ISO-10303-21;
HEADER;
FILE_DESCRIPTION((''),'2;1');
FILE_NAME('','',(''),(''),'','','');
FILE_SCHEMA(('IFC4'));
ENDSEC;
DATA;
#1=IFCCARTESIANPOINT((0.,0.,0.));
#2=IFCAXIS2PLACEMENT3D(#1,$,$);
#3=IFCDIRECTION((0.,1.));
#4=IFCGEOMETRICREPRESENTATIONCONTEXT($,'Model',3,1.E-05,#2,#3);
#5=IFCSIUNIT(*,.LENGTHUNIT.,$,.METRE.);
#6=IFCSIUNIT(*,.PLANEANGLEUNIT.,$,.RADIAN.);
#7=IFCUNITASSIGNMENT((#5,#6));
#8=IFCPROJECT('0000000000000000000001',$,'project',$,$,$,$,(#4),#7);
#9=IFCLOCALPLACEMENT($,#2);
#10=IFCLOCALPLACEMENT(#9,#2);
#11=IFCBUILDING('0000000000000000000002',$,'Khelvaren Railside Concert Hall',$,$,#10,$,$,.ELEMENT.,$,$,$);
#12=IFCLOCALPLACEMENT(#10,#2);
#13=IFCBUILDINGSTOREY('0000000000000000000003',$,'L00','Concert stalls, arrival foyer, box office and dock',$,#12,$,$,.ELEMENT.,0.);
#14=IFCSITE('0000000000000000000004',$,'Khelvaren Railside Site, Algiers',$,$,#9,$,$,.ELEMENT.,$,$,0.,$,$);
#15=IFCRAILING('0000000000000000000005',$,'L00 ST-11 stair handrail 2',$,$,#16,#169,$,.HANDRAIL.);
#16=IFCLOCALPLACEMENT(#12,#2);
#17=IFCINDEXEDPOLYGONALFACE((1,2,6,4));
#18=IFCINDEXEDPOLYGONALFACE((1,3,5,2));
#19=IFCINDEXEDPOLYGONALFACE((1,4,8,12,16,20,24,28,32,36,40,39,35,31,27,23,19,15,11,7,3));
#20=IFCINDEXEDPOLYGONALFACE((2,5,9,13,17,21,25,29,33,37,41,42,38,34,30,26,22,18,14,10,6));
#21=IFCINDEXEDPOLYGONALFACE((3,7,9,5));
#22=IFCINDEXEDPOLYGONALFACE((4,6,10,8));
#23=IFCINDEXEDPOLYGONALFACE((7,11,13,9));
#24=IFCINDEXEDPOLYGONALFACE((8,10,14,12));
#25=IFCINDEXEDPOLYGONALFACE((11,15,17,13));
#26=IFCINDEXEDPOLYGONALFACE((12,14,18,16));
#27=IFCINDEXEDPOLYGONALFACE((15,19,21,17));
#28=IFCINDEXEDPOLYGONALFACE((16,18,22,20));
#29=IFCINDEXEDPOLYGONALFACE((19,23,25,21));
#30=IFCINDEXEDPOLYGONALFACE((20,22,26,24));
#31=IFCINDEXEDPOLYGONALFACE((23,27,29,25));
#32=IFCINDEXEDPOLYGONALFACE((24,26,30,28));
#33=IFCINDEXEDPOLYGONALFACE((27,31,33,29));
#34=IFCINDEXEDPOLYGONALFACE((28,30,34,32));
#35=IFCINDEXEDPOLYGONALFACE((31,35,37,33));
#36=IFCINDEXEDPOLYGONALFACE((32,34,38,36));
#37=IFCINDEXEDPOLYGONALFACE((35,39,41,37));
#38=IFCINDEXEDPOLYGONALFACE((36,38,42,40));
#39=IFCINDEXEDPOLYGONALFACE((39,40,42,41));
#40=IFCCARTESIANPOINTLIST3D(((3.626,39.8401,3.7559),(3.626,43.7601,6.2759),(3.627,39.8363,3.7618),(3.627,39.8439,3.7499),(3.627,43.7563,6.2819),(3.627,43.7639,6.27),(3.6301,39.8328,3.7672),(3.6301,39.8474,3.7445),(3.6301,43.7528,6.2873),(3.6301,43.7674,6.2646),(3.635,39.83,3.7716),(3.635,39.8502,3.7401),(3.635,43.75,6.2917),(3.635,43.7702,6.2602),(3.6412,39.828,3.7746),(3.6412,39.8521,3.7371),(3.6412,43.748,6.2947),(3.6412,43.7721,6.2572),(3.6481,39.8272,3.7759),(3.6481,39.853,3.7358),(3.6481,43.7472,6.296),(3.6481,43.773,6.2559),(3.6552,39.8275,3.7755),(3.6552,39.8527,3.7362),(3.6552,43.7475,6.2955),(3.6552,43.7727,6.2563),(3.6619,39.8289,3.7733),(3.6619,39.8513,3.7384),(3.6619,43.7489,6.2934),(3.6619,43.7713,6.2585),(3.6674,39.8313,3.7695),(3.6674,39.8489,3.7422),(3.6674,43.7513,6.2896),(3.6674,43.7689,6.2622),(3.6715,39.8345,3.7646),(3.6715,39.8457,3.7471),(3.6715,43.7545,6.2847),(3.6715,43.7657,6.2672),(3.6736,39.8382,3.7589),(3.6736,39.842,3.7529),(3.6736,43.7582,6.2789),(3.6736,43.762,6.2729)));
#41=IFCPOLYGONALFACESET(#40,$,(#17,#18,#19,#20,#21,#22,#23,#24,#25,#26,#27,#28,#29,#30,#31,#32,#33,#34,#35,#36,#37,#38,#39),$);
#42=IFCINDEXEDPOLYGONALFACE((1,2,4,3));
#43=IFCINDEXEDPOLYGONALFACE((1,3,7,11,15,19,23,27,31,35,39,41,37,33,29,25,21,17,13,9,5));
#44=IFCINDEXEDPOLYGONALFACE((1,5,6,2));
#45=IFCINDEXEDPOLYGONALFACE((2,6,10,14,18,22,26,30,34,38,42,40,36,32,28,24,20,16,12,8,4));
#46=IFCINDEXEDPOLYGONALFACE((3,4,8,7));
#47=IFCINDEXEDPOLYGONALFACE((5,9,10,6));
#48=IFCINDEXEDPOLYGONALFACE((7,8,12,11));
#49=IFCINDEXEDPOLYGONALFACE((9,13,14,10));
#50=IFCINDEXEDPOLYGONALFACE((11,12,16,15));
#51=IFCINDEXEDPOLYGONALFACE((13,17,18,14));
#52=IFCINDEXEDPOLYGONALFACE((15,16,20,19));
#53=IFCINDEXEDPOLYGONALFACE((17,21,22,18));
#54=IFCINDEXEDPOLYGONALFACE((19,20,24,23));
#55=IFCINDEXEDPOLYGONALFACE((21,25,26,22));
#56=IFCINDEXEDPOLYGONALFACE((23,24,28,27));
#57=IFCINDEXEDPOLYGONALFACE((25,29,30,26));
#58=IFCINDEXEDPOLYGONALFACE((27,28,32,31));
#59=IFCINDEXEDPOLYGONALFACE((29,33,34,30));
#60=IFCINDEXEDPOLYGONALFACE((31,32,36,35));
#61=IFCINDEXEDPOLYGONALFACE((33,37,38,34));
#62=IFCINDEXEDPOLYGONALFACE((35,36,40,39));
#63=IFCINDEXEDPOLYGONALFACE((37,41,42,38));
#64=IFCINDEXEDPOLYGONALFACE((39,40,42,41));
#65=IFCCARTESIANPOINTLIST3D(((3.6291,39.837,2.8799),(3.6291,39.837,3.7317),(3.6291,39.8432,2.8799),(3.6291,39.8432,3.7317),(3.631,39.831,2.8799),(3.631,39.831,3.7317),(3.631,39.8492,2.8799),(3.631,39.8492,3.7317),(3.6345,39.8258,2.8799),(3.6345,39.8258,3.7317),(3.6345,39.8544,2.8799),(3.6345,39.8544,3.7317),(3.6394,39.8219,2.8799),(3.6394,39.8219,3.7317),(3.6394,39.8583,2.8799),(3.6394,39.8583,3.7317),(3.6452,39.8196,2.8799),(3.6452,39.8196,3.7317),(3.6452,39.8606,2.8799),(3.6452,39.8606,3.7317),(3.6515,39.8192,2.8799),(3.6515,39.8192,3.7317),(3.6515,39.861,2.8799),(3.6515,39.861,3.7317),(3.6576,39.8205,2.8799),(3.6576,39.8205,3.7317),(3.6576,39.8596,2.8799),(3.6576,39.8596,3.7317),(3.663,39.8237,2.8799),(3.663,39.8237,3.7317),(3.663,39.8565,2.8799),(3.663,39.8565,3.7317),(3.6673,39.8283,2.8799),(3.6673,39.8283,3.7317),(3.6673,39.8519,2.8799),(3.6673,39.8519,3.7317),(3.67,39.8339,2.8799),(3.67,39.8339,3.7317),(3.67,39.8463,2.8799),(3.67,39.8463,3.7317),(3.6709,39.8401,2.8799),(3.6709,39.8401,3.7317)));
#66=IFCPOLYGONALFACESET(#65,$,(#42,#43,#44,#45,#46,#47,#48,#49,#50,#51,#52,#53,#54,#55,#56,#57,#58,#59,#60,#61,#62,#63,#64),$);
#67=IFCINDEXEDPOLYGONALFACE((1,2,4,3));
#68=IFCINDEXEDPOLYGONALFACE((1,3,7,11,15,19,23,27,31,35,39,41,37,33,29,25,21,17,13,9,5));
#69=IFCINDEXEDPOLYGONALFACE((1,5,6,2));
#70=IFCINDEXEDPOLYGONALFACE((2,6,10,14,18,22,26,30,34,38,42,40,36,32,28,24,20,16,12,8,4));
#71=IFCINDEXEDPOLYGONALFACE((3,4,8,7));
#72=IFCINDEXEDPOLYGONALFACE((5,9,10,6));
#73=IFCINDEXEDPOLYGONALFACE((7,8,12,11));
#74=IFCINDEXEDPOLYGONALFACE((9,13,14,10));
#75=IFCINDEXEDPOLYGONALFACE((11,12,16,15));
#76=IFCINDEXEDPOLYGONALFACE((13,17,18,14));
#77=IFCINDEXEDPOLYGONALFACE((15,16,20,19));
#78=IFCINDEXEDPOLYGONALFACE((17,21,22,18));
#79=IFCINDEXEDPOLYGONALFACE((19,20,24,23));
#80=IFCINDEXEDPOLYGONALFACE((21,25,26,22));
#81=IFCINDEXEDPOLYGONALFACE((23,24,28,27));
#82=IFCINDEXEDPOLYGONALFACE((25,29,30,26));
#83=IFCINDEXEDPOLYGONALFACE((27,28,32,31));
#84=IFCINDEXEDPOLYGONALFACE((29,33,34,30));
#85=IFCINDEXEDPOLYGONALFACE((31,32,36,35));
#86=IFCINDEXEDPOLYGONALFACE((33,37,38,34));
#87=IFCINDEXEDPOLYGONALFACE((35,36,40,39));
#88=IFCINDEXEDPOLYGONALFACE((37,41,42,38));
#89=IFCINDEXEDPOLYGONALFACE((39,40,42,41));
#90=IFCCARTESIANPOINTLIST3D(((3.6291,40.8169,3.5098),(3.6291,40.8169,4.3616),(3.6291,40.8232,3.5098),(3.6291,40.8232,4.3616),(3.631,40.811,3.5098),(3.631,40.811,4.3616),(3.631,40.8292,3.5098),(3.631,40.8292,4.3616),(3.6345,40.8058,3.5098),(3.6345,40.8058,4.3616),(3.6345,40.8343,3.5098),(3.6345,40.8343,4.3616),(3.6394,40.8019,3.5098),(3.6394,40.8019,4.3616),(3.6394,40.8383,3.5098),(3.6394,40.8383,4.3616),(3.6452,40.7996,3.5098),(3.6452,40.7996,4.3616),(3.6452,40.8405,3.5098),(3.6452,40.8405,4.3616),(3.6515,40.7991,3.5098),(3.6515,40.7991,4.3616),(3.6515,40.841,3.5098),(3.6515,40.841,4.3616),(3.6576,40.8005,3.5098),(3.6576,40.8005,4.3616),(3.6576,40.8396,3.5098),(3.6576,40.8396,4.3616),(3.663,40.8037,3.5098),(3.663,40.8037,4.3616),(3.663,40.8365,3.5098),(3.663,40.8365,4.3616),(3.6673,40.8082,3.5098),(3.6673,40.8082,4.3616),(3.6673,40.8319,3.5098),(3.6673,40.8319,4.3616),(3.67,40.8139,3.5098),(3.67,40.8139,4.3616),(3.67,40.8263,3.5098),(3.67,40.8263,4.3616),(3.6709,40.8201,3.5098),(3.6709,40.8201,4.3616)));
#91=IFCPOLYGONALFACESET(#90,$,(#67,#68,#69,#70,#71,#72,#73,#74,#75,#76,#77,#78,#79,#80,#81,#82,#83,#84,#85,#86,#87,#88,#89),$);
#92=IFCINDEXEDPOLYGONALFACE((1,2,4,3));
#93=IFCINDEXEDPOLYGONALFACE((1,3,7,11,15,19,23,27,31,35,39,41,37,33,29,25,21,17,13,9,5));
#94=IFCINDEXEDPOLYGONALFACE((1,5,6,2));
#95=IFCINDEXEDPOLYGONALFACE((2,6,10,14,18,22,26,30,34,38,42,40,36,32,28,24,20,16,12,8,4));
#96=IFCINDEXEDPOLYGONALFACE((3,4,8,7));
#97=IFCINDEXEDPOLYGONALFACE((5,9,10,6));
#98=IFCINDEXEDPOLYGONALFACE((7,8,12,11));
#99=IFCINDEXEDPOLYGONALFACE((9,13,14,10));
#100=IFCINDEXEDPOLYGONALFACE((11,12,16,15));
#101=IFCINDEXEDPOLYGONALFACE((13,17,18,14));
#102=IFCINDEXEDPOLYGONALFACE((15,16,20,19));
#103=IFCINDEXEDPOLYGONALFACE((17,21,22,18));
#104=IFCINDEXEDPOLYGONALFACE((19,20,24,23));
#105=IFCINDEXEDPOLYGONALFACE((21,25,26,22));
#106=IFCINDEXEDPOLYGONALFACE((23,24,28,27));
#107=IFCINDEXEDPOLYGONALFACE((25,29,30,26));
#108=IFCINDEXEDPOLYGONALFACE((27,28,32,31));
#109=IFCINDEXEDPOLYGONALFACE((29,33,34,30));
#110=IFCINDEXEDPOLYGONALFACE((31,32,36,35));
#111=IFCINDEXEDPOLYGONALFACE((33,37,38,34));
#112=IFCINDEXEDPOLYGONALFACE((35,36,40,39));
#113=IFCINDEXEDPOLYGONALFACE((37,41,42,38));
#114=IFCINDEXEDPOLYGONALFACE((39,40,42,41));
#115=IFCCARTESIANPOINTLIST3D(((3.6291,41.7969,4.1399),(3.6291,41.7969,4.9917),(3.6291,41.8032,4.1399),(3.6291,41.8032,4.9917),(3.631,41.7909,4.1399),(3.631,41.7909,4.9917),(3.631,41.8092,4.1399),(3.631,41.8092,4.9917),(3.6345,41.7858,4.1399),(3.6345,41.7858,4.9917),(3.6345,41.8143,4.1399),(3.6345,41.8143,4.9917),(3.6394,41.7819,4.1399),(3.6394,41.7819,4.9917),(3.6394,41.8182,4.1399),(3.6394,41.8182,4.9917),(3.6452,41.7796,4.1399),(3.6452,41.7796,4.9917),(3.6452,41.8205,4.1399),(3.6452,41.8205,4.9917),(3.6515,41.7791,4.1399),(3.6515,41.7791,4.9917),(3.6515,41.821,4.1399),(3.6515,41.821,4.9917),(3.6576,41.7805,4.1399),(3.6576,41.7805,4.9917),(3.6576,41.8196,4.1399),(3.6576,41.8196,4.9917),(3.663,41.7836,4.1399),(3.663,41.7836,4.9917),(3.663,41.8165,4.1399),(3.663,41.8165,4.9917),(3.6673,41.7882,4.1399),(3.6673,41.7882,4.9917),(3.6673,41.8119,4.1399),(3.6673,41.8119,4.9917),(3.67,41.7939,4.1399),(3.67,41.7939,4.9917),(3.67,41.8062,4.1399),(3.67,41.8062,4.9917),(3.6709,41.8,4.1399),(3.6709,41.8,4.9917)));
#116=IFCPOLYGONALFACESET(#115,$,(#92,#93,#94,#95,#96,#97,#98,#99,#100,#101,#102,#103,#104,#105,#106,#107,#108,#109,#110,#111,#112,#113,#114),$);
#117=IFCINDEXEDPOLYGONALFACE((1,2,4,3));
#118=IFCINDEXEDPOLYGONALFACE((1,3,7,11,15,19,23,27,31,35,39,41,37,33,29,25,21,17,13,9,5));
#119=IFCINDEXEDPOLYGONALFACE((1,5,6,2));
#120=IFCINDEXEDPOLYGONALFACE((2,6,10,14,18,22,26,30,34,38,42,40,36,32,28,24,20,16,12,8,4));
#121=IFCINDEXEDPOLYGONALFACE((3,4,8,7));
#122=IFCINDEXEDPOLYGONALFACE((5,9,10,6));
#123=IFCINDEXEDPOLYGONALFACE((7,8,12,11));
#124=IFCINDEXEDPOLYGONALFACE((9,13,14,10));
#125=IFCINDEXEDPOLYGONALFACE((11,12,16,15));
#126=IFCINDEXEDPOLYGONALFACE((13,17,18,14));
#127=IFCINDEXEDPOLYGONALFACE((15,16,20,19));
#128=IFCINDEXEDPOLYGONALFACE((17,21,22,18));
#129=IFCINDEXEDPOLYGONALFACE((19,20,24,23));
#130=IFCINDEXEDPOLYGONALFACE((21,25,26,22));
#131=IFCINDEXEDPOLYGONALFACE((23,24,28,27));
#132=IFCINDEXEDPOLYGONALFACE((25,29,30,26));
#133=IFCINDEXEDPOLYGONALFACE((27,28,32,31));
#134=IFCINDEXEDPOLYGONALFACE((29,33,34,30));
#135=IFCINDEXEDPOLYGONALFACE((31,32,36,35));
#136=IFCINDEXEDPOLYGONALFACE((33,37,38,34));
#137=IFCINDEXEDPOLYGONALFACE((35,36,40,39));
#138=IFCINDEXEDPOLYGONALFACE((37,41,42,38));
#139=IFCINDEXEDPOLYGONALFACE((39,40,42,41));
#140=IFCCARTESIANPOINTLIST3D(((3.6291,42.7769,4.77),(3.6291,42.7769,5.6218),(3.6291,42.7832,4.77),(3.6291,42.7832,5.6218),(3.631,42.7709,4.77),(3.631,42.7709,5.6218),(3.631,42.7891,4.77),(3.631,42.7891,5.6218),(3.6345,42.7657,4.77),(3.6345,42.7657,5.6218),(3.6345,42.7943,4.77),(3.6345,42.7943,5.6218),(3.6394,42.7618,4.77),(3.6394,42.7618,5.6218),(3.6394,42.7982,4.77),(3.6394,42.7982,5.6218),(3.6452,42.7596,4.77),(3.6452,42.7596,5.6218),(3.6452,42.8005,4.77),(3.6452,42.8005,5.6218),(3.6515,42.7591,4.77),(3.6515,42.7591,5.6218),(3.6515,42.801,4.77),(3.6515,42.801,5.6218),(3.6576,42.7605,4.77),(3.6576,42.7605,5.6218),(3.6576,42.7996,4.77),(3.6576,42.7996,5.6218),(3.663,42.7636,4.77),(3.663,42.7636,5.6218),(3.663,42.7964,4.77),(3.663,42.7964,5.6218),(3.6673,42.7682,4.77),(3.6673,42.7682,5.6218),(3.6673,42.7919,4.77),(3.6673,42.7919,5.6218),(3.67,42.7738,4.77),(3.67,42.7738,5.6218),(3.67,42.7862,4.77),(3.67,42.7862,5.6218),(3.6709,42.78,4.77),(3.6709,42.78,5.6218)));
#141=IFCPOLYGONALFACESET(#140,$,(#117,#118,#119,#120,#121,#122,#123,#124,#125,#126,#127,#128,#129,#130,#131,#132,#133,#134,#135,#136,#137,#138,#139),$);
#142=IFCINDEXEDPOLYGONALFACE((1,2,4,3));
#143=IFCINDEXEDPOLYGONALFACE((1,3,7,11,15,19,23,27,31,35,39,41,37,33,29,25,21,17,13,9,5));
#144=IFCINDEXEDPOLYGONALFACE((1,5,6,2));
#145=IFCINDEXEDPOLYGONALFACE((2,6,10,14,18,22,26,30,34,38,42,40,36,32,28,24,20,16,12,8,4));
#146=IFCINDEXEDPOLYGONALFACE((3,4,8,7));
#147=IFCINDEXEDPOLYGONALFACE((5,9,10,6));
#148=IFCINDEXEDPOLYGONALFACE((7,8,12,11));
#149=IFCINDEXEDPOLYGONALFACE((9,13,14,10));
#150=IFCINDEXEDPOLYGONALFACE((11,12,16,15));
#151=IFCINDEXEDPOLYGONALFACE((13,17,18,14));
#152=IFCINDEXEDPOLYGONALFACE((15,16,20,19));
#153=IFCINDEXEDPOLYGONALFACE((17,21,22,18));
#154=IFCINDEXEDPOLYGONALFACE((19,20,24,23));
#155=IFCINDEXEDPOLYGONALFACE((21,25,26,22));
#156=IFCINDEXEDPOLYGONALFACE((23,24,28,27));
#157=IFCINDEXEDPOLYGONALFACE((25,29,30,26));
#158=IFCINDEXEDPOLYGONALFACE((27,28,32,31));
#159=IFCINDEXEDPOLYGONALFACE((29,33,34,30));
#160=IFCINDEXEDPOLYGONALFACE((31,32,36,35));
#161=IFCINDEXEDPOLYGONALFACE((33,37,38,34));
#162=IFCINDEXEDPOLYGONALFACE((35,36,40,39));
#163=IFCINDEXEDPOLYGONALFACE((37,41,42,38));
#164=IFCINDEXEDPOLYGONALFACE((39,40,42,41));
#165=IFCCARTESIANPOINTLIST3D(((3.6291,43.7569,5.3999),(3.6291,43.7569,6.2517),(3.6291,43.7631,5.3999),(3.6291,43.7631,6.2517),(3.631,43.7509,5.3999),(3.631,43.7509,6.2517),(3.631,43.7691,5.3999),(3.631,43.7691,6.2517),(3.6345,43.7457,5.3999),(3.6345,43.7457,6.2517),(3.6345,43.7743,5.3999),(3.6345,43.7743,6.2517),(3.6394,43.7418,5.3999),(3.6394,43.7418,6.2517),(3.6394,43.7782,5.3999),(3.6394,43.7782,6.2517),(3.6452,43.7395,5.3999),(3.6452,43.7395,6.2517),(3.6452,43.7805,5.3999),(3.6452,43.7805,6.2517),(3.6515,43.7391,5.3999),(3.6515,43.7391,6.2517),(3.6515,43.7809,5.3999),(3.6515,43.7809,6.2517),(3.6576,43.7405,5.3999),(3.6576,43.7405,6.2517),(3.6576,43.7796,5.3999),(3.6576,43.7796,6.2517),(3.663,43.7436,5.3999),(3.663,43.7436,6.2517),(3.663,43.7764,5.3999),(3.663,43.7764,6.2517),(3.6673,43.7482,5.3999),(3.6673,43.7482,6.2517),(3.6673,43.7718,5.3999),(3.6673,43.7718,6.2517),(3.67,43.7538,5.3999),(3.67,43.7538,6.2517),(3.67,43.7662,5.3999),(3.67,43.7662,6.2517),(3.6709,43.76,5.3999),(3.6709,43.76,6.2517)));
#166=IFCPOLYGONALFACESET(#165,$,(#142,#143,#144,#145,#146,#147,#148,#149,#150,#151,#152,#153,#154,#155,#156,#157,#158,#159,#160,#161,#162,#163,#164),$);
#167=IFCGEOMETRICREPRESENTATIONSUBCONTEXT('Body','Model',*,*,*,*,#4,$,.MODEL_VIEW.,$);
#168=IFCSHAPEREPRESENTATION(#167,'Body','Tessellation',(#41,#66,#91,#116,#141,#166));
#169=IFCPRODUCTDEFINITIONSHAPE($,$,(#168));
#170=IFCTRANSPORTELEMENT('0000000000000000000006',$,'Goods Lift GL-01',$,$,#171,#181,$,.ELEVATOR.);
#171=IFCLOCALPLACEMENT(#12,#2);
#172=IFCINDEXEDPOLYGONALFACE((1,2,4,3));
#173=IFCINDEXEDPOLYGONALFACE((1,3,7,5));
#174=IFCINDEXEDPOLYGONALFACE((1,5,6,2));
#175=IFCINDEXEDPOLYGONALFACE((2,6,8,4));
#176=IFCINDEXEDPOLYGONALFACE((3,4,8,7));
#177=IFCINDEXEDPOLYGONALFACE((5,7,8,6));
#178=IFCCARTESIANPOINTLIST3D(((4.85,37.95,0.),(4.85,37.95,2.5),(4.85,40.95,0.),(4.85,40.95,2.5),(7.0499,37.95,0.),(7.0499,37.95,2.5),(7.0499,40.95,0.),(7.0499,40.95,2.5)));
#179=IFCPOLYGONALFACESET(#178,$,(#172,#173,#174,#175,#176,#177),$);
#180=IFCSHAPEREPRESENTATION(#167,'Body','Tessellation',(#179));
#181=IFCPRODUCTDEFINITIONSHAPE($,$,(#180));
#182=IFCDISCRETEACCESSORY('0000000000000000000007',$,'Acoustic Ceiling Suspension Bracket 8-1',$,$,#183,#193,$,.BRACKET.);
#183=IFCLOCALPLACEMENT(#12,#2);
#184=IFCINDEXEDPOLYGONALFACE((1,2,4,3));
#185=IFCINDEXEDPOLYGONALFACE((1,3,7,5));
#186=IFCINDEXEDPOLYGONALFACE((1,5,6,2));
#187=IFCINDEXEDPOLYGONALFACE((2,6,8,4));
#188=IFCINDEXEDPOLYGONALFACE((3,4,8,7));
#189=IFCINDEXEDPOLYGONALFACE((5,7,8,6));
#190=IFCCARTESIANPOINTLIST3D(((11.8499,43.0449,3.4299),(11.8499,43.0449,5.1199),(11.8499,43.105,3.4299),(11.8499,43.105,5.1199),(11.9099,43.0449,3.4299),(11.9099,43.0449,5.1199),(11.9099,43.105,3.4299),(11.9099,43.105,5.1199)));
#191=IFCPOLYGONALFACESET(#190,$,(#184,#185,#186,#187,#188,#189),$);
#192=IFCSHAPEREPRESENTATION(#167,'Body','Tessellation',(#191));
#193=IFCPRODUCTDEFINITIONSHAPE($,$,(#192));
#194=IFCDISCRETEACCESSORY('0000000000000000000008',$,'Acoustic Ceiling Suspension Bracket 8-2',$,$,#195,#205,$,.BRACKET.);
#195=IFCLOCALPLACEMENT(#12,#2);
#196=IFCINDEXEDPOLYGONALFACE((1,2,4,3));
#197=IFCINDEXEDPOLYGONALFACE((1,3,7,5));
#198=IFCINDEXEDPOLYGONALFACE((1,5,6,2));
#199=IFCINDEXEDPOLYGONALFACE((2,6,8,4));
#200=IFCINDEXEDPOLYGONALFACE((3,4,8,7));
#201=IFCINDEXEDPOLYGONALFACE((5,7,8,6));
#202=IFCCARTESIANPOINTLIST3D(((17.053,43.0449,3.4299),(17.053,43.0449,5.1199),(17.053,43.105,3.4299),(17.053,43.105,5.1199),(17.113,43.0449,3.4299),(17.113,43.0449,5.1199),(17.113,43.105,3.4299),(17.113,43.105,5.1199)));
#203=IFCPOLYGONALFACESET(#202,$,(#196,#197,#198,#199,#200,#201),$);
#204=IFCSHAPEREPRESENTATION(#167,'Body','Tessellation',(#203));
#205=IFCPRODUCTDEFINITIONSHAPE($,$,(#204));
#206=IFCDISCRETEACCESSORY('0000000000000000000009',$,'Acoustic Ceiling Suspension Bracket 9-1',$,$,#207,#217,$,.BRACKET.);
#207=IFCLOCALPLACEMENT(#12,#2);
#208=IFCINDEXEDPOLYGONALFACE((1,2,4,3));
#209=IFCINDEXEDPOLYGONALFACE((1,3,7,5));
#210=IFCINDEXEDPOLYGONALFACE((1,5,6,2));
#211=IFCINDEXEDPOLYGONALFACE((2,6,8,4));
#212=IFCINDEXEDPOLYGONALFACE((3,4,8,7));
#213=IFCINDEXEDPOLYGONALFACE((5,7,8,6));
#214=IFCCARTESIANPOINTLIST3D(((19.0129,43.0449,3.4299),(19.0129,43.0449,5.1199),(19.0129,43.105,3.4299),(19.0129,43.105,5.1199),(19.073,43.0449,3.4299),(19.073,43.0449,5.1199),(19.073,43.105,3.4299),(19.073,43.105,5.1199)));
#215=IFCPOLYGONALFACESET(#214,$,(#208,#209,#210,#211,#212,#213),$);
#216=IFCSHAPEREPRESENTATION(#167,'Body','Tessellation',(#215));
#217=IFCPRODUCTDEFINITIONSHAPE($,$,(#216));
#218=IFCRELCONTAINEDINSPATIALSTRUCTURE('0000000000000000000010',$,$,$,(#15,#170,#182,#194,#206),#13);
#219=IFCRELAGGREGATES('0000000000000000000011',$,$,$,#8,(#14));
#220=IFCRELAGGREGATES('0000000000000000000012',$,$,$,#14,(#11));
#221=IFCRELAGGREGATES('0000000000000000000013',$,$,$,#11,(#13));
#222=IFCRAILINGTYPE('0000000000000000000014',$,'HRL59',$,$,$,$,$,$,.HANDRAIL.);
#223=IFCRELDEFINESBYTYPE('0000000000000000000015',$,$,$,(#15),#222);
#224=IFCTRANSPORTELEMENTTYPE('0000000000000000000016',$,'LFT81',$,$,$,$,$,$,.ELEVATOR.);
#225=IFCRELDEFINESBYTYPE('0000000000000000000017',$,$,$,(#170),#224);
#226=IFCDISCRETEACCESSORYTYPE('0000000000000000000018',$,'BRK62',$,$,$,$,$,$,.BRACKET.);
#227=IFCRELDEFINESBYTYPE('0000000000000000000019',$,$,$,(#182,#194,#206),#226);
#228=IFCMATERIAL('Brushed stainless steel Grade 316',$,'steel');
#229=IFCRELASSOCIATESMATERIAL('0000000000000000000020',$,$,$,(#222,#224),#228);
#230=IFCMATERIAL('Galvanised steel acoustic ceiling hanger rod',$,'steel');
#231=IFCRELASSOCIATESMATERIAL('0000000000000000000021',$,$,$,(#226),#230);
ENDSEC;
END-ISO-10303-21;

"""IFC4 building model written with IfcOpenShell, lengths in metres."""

from ifc_helpers import new_model, si_unit, direction, frame, origin, origin_2d, place, context, subcontext, project, spatial, rectangle, circle, extrude, material, type_object, element, save


model = new_model("IFC4")

# Units and contexts
model_context = context("Model", 3, precision=1e-05, world=origin(), true_north=direction((0.0, 1.0)))
body_context = subcontext(model_context, "Body", "Model", "MODEL_VIEW")
ifc_project = project(units=[si_unit("LENGTHUNIT", "METRE"), si_unit("PLANEANGLEUNIT", "RADIAN")], contexts=[model_context])

# Site, building, storey
site_placement = place(None, origin())
site = spatial("IfcSite", under=ifc_project, at=site_placement, Name="Khelvaren Railside Site, Algiers", CompositionType="ELEMENT", RefElevation=0.0)
building_placement = place(site_placement, origin())
building = spatial("IfcBuilding", under=site, at=building_placement, Name="Khelvaren Railside Concert Hall", CompositionType="ELEMENT")
storey_placement = place(building_placement, origin())
storey = spatial("IfcBuildingStorey", under=building, at=storey_placement, Name="L00", Description="Concert stalls, arrival foyer, box office and dock", CompositionType="ELEMENT", Elevation=0.0)

# Railing
ifc_material_1 = material(Name="Brushed stainless steel Grade 316", Category="steel")
railing_type_1 = type_object("IfcRailingType", Name="HRL59", PredefinedType="HANDRAIL", material=ifc_material_1)
railing_1_placement = place(storey_placement, frame((3.6499, 39.8401, 2.8799)))
element("IfcRailing", 1, at=railing_1_placement, inside=storey, type_object=railing_type_1, Name="L00 ST-11 stair handrail 2", PredefinedType="HANDRAIL", context=body_context, shape_type="SweptSolid", body=[
    extrude(circle(Radius=0.0239, at=origin_2d()), frame((0.0, 0.0, 0.876), z_axis=(0.0, 0.841172, 0.540768), x_axis=(-1.0, 0.0, 0.0)), (0.0, 0.0, 1.0), 4.6602),
    extrude(circle(Radius=0.021, at=origin_2d()), origin(), (0.0, 0.0, 1.0), 0.8518),
    extrude(circle(Radius=0.021, at=origin_2d()), frame((0.0, 0.98, 0.6299)), (0.0, 0.0, 1.0), 0.8518),
    extrude(circle(Radius=0.021, at=origin_2d()), frame((0.0, 1.96, 1.26)), (0.0, 0.0, 1.0), 0.8518),
    extrude(circle(Radius=0.021, at=origin_2d()), frame((0.0, 2.9399, 1.8901)), (0.0, 0.0, 1.0), 0.8518),
    extrude(circle(Radius=0.021, at=origin_2d()), frame((0.0, 3.9199, 2.52)), (0.0, 0.0, 1.0), 0.8518),
])

# Transport element
transport_element_type = type_object("IfcTransportElementType", Name="LFT81", PredefinedType="ELEVATOR", material=ifc_material_1)
transport_element_placement = place(storey_placement, frame((5.95, 39.45, 0.0), z_axis=(0.0, 0.0, 1.0), x_axis=(1.0, 0.0, 0.0)))
element("IfcTransportElement", 2, at=transport_element_placement, inside=storey, type_object=transport_element_type, Name="Goods Lift GL-01", PredefinedType="ELEVATOR", context=body_context, shape_type="SweptSolid", body=[
    extrude(rectangle(XDim=2.2, YDim=3.0, at=origin_2d()), origin(), (0.0, 0.0, 1.0), 2.5),
])

# Discrete accessories
ifc_material_2 = material(Name="Galvanised steel acoustic ceiling hanger rod", Category="steel")
discrete_accessory_type = type_object("IfcDiscreteAccessoryType", Name="BRK62", PredefinedType="BRACKET", material=ifc_material_2)
for number, where, z_axis, x_axis, name in (
    (3, (11.8799, 43.075, 3.4299), (0.0, 0.0, 1.0), (1.0, 0.0, 0.0), "Acoustic Ceiling Suspension Bracket 8-1"),
    (4, (17.083, 43.075, 3.4299), (0.0, 0.0, 1.0), (1.0, 0.0, 0.0), "Acoustic Ceiling Suspension Bracket 8-2"),
    (5, (19.043, 43.075, 3.4299), (0.0, 0.0, 1.0), (1.0, 0.0, 0.0), "Acoustic Ceiling Suspension Bracket 9-1"),
):
    element("IfcDiscreteAccessory", number, at=place(storey_placement, frame(where, z_axis=z_axis, x_axis=x_axis)), inside=storey, type_object=discrete_accessory_type, Name=name, PredefinedType="BRACKET", context=body_context, shape_type="SweptSolid", body=[
        extrude(rectangle(XDim=0.0601, YDim=0.0601, at=origin_2d()), origin(), (0.0, 0.0, 1.0), 1.6899),
    ])

save(model, "model.ifc")
